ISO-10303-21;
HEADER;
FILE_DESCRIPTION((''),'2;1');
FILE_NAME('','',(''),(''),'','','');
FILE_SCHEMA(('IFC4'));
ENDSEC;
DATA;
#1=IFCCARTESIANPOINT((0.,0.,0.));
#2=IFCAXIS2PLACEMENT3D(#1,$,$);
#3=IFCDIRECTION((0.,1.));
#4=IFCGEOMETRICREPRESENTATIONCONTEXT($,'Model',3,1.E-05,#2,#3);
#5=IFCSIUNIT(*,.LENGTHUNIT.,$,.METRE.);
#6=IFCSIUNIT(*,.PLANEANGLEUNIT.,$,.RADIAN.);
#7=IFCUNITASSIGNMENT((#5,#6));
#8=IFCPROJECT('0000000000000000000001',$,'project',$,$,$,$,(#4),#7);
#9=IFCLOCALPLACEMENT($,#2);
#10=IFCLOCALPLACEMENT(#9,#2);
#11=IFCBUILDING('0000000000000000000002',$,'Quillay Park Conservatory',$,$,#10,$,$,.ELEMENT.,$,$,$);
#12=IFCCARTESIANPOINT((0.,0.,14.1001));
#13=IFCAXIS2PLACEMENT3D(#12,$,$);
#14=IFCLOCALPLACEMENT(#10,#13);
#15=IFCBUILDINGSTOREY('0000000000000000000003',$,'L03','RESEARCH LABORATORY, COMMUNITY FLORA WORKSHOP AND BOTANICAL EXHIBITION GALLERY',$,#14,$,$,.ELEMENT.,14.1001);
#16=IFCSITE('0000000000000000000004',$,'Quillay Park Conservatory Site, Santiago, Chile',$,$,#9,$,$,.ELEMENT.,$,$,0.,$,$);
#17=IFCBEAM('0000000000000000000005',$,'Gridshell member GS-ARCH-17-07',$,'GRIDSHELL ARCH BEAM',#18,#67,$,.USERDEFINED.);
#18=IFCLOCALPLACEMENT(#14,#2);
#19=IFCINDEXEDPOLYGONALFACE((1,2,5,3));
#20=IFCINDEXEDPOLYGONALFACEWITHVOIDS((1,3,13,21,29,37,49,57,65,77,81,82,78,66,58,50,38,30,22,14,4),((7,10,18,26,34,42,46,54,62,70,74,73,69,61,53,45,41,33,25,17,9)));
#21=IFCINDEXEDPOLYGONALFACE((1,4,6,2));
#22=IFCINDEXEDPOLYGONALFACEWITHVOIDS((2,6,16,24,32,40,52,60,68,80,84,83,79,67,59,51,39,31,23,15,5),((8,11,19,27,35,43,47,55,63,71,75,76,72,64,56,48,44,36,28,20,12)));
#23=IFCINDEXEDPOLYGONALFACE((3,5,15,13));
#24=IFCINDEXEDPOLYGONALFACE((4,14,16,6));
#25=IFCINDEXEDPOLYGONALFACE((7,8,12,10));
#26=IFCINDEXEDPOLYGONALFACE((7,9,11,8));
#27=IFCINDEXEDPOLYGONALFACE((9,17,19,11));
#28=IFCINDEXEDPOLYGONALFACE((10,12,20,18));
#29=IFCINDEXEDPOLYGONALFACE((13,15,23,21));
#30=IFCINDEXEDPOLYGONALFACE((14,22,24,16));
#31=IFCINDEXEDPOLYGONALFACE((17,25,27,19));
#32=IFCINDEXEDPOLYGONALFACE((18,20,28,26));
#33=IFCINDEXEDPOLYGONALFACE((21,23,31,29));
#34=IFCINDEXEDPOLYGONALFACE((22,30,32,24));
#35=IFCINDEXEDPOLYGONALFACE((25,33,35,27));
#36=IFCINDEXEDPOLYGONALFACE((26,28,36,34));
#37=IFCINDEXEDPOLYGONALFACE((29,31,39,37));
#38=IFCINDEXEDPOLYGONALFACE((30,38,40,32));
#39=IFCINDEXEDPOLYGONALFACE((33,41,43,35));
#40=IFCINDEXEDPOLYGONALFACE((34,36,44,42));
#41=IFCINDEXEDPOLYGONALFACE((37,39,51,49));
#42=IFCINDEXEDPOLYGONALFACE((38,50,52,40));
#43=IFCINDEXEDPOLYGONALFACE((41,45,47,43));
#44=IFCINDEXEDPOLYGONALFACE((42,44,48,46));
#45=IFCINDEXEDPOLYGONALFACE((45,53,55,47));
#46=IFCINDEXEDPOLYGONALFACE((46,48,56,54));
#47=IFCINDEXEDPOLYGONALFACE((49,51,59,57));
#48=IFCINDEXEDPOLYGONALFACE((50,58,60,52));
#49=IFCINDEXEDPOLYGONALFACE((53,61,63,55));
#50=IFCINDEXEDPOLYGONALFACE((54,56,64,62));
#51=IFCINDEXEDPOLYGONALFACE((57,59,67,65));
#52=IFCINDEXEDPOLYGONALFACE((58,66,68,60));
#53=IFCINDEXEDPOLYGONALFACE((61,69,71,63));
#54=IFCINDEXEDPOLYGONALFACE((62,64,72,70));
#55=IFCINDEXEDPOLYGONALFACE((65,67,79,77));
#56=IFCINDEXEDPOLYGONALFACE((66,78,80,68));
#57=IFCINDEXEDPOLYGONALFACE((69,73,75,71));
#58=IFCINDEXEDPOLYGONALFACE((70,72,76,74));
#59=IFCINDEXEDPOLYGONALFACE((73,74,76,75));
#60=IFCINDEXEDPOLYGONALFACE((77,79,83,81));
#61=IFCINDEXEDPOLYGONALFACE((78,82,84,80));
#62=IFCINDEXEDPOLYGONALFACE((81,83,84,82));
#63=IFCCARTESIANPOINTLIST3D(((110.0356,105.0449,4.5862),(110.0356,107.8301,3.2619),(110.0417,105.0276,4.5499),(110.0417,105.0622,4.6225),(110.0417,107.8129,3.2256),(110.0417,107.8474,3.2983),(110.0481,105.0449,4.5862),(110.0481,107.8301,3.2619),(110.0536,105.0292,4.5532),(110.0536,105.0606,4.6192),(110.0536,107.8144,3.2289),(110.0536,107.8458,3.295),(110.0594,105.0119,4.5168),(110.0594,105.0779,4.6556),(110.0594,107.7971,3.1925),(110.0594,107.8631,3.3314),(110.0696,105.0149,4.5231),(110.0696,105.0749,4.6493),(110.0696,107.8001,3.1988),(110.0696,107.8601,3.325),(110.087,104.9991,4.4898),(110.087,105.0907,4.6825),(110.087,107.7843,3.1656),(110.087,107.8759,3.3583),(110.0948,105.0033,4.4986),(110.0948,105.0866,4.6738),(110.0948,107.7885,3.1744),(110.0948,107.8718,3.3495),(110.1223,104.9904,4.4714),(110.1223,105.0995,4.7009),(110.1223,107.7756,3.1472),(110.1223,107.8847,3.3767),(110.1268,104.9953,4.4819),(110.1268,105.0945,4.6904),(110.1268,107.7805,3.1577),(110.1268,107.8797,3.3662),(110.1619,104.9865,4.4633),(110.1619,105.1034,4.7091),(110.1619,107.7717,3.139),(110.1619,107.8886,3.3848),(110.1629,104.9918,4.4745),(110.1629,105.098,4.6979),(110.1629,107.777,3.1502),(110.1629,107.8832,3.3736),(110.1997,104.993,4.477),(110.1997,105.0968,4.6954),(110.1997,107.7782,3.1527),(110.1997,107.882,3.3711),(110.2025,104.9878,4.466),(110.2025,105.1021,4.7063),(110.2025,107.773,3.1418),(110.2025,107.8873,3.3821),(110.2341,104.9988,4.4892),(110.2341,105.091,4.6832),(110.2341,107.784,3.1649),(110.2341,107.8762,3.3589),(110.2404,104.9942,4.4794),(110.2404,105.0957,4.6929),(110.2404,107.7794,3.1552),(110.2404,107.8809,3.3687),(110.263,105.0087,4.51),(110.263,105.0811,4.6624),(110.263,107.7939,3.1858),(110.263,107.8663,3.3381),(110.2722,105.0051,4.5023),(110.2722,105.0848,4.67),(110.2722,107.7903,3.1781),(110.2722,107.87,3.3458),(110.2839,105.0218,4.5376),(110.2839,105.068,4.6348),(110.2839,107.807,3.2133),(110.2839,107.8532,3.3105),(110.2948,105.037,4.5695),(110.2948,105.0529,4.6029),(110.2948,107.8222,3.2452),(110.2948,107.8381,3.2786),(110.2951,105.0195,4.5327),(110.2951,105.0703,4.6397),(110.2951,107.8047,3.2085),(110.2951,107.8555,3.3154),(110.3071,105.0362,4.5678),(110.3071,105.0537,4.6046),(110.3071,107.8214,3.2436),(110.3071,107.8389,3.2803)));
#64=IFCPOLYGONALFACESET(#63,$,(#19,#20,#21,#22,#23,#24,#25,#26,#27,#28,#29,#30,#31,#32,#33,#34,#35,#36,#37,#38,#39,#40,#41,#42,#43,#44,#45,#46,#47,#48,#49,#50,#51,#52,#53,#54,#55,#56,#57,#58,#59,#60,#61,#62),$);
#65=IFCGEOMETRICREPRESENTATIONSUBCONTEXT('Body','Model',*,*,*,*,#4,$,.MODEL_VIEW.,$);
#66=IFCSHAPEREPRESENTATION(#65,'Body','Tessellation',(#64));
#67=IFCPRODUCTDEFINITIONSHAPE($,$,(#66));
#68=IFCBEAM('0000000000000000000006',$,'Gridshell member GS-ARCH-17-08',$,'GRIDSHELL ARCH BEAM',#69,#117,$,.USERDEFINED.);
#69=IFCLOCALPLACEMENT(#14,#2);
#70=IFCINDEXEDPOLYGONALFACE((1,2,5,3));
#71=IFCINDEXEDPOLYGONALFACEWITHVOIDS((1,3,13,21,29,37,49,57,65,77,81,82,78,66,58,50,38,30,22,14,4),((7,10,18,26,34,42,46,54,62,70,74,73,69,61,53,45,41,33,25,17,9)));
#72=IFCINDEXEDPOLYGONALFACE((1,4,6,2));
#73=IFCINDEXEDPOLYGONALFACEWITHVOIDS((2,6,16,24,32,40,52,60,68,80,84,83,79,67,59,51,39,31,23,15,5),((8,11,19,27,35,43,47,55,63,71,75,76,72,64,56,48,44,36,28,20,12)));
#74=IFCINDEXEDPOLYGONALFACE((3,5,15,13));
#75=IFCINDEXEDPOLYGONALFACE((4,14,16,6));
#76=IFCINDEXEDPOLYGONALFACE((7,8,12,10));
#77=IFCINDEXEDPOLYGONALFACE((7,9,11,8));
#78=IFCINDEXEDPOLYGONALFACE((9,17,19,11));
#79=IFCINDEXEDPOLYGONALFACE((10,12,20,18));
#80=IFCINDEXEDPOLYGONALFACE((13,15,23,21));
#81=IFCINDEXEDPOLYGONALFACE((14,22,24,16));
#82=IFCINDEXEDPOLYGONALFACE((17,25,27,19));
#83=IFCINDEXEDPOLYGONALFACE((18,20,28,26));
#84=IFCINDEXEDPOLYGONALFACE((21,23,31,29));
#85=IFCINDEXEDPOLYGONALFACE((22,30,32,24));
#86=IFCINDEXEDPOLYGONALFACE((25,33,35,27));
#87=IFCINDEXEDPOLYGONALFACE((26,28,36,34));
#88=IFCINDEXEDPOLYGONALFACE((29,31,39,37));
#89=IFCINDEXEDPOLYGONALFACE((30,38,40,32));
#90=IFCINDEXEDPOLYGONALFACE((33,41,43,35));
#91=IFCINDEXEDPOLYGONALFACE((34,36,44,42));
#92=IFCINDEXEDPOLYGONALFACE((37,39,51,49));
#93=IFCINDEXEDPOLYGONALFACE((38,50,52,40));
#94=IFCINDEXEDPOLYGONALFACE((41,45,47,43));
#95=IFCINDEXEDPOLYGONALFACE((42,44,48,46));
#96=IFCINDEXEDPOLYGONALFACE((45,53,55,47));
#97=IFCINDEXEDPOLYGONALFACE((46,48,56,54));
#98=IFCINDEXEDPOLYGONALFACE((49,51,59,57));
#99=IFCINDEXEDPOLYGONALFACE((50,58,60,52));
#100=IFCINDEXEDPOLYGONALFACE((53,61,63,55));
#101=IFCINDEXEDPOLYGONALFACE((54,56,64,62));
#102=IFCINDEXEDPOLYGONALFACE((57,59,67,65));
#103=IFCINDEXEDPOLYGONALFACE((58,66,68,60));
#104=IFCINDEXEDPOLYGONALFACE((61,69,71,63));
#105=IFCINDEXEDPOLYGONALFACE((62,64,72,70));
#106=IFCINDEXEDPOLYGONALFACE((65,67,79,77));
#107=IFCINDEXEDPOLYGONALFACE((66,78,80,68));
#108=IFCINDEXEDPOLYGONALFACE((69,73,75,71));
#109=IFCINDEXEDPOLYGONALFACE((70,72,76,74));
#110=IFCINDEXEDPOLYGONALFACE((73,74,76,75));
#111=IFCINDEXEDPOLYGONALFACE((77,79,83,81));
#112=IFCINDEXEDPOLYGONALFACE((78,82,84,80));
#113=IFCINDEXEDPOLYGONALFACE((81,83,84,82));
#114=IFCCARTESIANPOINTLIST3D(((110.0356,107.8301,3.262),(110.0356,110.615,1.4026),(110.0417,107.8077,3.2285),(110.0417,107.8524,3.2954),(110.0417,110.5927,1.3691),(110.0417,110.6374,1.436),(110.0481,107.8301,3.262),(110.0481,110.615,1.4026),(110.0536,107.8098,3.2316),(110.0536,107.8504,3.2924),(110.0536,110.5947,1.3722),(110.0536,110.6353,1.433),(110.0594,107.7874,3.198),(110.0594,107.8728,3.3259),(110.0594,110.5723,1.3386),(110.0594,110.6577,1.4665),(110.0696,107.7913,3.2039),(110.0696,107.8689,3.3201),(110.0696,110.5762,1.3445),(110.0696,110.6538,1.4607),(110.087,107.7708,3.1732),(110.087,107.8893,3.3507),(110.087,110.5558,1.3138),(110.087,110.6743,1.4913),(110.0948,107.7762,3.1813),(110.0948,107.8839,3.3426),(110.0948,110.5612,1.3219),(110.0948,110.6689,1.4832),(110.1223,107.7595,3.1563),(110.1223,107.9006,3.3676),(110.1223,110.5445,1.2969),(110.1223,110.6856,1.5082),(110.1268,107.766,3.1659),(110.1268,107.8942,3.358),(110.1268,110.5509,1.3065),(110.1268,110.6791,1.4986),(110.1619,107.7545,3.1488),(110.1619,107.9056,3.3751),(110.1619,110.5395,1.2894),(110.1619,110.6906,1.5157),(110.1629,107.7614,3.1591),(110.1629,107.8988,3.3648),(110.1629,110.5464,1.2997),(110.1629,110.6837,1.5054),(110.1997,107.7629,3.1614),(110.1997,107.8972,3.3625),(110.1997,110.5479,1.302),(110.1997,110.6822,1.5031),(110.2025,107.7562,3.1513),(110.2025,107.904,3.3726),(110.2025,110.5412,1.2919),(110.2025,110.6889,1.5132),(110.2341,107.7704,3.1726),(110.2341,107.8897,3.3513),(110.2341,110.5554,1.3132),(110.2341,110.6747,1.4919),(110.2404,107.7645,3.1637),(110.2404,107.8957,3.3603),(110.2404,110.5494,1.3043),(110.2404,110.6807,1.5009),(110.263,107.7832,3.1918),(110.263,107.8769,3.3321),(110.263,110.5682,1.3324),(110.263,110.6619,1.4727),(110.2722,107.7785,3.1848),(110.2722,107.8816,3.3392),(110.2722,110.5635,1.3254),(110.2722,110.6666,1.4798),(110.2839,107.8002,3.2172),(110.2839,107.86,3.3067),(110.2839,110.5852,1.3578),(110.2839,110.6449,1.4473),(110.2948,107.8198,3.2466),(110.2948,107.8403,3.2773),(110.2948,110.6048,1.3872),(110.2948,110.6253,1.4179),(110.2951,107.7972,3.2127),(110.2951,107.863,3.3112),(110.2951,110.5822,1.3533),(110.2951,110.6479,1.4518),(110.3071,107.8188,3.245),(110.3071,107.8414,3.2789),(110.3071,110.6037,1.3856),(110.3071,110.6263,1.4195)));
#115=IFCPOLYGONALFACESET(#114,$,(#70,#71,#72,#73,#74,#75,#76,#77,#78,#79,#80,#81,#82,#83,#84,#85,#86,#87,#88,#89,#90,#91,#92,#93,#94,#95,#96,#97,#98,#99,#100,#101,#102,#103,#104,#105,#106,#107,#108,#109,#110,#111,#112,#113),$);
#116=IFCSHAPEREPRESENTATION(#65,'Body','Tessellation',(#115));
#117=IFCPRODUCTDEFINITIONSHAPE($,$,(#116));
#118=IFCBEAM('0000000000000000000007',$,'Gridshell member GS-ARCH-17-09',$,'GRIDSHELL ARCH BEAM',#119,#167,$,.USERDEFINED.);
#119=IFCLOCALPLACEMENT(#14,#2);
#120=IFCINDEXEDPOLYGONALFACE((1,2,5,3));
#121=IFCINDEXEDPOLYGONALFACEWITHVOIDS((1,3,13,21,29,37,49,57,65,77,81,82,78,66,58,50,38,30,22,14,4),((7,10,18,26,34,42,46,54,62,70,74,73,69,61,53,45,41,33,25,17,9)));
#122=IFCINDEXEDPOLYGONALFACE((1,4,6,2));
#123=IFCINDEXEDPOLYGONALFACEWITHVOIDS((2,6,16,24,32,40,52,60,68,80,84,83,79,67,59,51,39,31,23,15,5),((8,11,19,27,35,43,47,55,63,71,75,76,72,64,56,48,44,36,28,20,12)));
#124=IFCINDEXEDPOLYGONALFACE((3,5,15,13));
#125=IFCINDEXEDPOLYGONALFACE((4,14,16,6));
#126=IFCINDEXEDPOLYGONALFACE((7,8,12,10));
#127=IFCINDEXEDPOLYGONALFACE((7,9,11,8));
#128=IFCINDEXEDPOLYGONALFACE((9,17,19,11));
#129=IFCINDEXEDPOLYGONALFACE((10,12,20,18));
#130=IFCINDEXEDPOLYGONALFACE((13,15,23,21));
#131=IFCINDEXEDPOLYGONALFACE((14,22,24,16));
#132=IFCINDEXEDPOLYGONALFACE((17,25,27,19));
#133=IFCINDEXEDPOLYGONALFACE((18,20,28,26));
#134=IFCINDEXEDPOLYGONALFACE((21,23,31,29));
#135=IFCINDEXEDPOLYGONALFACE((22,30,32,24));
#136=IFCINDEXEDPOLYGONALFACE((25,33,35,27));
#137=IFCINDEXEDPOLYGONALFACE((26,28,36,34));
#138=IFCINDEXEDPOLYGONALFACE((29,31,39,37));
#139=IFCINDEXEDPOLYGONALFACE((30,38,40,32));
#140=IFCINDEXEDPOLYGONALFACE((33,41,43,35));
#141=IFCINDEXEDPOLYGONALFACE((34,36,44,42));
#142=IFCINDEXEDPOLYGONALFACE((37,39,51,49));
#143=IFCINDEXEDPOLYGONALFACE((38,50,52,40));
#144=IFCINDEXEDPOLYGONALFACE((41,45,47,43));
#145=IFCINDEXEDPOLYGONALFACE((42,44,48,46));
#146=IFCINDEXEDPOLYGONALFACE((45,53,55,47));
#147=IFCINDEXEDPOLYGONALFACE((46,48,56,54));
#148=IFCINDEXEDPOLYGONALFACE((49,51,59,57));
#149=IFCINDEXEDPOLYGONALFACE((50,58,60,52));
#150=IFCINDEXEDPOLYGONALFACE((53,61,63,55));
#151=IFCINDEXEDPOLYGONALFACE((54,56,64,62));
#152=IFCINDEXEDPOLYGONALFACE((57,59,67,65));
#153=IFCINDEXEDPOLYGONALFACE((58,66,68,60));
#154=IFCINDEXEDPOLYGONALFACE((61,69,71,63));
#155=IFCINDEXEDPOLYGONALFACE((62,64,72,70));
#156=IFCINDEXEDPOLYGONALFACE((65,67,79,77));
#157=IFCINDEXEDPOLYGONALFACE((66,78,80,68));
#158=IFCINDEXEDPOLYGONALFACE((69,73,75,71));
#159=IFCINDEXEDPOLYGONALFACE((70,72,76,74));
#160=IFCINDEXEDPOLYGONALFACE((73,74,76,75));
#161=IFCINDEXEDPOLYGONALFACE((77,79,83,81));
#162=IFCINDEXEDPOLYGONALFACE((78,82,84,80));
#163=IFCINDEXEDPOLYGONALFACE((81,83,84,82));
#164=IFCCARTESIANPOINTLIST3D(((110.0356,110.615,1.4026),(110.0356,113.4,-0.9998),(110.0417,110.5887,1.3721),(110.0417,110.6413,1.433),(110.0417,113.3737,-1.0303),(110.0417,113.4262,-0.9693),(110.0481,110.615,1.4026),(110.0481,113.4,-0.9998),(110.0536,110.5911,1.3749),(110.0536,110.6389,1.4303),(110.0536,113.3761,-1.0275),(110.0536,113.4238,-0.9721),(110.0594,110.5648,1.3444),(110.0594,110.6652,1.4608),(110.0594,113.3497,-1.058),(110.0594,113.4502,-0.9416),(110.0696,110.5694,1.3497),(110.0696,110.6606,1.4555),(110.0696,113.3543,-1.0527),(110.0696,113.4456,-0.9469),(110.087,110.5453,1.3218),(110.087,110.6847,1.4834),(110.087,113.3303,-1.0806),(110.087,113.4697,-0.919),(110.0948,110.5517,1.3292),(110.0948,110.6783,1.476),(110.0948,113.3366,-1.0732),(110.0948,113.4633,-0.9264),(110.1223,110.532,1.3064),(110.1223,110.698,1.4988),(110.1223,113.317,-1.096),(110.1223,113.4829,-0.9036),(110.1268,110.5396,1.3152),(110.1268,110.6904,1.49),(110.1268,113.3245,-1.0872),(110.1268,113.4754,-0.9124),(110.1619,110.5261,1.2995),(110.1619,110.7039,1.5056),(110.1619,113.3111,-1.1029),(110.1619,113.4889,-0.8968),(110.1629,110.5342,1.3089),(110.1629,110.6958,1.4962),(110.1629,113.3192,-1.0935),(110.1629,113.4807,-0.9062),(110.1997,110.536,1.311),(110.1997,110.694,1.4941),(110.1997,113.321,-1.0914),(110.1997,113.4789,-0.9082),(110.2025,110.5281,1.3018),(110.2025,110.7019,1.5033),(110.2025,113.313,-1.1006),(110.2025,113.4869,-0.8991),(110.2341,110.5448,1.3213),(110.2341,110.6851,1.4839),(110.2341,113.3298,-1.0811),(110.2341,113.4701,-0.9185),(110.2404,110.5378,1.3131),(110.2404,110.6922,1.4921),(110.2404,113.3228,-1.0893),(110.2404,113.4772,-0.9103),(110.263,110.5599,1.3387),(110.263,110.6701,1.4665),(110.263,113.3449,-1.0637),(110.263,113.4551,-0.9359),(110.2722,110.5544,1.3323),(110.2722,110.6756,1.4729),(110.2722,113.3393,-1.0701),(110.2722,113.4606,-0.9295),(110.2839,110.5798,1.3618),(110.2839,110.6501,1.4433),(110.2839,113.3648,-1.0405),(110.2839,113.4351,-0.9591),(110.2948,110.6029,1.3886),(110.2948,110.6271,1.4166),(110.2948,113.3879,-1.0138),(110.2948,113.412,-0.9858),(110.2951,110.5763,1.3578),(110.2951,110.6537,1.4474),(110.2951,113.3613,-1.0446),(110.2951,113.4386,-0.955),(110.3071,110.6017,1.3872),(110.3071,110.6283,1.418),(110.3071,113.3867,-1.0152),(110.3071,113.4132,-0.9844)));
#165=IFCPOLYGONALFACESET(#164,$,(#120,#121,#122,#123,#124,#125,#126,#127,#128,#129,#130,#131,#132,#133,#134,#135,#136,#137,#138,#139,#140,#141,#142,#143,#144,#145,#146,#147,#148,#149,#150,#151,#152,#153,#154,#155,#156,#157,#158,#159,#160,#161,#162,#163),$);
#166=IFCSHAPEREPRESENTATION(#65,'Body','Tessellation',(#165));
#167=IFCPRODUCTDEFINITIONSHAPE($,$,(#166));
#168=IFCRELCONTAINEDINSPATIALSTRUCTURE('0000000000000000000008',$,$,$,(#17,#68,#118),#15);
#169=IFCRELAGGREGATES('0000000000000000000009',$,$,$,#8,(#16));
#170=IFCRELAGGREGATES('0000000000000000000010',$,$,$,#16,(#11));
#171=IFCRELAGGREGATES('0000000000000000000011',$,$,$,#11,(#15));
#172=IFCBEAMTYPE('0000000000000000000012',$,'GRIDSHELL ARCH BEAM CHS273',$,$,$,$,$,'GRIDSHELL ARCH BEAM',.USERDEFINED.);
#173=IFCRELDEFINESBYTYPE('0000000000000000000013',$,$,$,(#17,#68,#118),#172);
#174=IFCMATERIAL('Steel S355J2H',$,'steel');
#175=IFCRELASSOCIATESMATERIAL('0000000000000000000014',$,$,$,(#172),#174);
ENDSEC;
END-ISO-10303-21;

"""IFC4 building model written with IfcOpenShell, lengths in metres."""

from ifc_helpers import new_model, si_unit, direction, frame, origin, origin_2d, place, context, subcontext, project, spatial, hollow_circle, extrude, material, material_profile, profile_set, type_object, element, save


model = new_model("IFC4")

# Units and contexts
model_context = context("Model", 3, precision=1e-05, world=origin(), true_north=direction((0.0, 1.0)))
body_context = subcontext(model_context, "Body", "Model", "MODEL_VIEW")
ifc_project = project(units=[si_unit("LENGTHUNIT", "METRE"), si_unit("PLANEANGLEUNIT", "RADIAN")], contexts=[model_context])

# Site, building, storey
site_placement = place(None, origin())
site = spatial("IfcSite", under=ifc_project, at=site_placement, Name="Quillay Park Conservatory Site, Santiago, Chile", CompositionType="ELEMENT", RefElevation=0.0)
building_placement = place(site_placement, origin())
building = spatial("IfcBuilding", under=site, at=building_placement, Name="Quillay Park Conservatory", CompositionType="ELEMENT")
storey_placement = place(building_placement, frame((0.0, 0.0, 14.1001)))
storey = spatial("IfcBuildingStorey", under=building, at=storey_placement, Name="L03", Description="RESEARCH LABORATORY, COMMUNITY FLORA WORKSHOP AND BOTANICAL EXHIBITION GALLERY", CompositionType="ELEMENT", Elevation=14.1001)

# Beams
ifc_material_1 = material(Name="Steel S355J2H", Category="steel")
ifc_material_profile_1 = material_profile(ifc_material_1, hollow_circle(Radius=0.1365, WallThickness=0.0125, at=origin_2d()), Name="CHS273x12.5")
ifc_profile_set_1 = profile_set([ifc_material_profile_1], Name="Steel S355J2H")
beam_type = type_object("IfcBeamType", Name="GRIDSHELL ARCH BEAM CHS273", ElementType="GRIDSHELL ARCH BEAM", PredefinedType="USERDEFINED", material=ifc_profile_set_1)
beam_1_placement = place(storey_placement, frame((110.1721, 105.0449, 4.5862), z_axis=(0.0, 0.903118, -0.429393), x_axis=(-1.0, 0.0, 0.0)))
element("IfcBeam", 1, at=beam_1_placement, inside=storey, type_object=beam_type, Name="Gridshell member GS-ARCH-17-07", ObjectType="GRIDSHELL ARCH BEAM", PredefinedType="USERDEFINED", context=body_context, shape_type="SweptSolid", body=[
    extrude(hollow_circle(Radius=0.1365, WallThickness=0.0125, at=origin_2d()), origin(), (0.0, 0.0, 1.0), 3.084),
])
beam_2_placement = place(storey_placement, frame((110.1721, 107.8301, 3.262), z_axis=(0.0, 0.831669, -0.555272), x_axis=(-1.0, 0.0, 0.0)))
element("IfcBeam", 2, at=beam_2_placement, inside=storey, type_object=beam_type, Name="Gridshell member GS-ARCH-17-08", ObjectType="GRIDSHELL ARCH BEAM", PredefinedType="USERDEFINED", context=body_context, shape_type="SweptSolid", body=[
    extrude(hollow_circle(Radius=0.1365, WallThickness=0.0125, at=origin_2d()), origin(), (0.0, 0.0, 1.0), 3.3486),
])
beam_3_placement = place(storey_placement, frame((110.1721, 110.615, 1.4026), z_axis=(0.0, 0.757201, -0.653183), x_axis=(-1.0, 0.0, 0.0)))
element("IfcBeam", 3, at=beam_3_placement, inside=storey, type_object=beam_type, Name="Gridshell member GS-ARCH-17-09", ObjectType="GRIDSHELL ARCH BEAM", PredefinedType="USERDEFINED", context=body_context, shape_type="SweptSolid", body=[
    extrude(hollow_circle(Radius=0.1365, WallThickness=0.0125, at=origin_2d()), origin(), (0.0, 0.0, 1.0), 3.678),
])

save(model, "model.ifc")
